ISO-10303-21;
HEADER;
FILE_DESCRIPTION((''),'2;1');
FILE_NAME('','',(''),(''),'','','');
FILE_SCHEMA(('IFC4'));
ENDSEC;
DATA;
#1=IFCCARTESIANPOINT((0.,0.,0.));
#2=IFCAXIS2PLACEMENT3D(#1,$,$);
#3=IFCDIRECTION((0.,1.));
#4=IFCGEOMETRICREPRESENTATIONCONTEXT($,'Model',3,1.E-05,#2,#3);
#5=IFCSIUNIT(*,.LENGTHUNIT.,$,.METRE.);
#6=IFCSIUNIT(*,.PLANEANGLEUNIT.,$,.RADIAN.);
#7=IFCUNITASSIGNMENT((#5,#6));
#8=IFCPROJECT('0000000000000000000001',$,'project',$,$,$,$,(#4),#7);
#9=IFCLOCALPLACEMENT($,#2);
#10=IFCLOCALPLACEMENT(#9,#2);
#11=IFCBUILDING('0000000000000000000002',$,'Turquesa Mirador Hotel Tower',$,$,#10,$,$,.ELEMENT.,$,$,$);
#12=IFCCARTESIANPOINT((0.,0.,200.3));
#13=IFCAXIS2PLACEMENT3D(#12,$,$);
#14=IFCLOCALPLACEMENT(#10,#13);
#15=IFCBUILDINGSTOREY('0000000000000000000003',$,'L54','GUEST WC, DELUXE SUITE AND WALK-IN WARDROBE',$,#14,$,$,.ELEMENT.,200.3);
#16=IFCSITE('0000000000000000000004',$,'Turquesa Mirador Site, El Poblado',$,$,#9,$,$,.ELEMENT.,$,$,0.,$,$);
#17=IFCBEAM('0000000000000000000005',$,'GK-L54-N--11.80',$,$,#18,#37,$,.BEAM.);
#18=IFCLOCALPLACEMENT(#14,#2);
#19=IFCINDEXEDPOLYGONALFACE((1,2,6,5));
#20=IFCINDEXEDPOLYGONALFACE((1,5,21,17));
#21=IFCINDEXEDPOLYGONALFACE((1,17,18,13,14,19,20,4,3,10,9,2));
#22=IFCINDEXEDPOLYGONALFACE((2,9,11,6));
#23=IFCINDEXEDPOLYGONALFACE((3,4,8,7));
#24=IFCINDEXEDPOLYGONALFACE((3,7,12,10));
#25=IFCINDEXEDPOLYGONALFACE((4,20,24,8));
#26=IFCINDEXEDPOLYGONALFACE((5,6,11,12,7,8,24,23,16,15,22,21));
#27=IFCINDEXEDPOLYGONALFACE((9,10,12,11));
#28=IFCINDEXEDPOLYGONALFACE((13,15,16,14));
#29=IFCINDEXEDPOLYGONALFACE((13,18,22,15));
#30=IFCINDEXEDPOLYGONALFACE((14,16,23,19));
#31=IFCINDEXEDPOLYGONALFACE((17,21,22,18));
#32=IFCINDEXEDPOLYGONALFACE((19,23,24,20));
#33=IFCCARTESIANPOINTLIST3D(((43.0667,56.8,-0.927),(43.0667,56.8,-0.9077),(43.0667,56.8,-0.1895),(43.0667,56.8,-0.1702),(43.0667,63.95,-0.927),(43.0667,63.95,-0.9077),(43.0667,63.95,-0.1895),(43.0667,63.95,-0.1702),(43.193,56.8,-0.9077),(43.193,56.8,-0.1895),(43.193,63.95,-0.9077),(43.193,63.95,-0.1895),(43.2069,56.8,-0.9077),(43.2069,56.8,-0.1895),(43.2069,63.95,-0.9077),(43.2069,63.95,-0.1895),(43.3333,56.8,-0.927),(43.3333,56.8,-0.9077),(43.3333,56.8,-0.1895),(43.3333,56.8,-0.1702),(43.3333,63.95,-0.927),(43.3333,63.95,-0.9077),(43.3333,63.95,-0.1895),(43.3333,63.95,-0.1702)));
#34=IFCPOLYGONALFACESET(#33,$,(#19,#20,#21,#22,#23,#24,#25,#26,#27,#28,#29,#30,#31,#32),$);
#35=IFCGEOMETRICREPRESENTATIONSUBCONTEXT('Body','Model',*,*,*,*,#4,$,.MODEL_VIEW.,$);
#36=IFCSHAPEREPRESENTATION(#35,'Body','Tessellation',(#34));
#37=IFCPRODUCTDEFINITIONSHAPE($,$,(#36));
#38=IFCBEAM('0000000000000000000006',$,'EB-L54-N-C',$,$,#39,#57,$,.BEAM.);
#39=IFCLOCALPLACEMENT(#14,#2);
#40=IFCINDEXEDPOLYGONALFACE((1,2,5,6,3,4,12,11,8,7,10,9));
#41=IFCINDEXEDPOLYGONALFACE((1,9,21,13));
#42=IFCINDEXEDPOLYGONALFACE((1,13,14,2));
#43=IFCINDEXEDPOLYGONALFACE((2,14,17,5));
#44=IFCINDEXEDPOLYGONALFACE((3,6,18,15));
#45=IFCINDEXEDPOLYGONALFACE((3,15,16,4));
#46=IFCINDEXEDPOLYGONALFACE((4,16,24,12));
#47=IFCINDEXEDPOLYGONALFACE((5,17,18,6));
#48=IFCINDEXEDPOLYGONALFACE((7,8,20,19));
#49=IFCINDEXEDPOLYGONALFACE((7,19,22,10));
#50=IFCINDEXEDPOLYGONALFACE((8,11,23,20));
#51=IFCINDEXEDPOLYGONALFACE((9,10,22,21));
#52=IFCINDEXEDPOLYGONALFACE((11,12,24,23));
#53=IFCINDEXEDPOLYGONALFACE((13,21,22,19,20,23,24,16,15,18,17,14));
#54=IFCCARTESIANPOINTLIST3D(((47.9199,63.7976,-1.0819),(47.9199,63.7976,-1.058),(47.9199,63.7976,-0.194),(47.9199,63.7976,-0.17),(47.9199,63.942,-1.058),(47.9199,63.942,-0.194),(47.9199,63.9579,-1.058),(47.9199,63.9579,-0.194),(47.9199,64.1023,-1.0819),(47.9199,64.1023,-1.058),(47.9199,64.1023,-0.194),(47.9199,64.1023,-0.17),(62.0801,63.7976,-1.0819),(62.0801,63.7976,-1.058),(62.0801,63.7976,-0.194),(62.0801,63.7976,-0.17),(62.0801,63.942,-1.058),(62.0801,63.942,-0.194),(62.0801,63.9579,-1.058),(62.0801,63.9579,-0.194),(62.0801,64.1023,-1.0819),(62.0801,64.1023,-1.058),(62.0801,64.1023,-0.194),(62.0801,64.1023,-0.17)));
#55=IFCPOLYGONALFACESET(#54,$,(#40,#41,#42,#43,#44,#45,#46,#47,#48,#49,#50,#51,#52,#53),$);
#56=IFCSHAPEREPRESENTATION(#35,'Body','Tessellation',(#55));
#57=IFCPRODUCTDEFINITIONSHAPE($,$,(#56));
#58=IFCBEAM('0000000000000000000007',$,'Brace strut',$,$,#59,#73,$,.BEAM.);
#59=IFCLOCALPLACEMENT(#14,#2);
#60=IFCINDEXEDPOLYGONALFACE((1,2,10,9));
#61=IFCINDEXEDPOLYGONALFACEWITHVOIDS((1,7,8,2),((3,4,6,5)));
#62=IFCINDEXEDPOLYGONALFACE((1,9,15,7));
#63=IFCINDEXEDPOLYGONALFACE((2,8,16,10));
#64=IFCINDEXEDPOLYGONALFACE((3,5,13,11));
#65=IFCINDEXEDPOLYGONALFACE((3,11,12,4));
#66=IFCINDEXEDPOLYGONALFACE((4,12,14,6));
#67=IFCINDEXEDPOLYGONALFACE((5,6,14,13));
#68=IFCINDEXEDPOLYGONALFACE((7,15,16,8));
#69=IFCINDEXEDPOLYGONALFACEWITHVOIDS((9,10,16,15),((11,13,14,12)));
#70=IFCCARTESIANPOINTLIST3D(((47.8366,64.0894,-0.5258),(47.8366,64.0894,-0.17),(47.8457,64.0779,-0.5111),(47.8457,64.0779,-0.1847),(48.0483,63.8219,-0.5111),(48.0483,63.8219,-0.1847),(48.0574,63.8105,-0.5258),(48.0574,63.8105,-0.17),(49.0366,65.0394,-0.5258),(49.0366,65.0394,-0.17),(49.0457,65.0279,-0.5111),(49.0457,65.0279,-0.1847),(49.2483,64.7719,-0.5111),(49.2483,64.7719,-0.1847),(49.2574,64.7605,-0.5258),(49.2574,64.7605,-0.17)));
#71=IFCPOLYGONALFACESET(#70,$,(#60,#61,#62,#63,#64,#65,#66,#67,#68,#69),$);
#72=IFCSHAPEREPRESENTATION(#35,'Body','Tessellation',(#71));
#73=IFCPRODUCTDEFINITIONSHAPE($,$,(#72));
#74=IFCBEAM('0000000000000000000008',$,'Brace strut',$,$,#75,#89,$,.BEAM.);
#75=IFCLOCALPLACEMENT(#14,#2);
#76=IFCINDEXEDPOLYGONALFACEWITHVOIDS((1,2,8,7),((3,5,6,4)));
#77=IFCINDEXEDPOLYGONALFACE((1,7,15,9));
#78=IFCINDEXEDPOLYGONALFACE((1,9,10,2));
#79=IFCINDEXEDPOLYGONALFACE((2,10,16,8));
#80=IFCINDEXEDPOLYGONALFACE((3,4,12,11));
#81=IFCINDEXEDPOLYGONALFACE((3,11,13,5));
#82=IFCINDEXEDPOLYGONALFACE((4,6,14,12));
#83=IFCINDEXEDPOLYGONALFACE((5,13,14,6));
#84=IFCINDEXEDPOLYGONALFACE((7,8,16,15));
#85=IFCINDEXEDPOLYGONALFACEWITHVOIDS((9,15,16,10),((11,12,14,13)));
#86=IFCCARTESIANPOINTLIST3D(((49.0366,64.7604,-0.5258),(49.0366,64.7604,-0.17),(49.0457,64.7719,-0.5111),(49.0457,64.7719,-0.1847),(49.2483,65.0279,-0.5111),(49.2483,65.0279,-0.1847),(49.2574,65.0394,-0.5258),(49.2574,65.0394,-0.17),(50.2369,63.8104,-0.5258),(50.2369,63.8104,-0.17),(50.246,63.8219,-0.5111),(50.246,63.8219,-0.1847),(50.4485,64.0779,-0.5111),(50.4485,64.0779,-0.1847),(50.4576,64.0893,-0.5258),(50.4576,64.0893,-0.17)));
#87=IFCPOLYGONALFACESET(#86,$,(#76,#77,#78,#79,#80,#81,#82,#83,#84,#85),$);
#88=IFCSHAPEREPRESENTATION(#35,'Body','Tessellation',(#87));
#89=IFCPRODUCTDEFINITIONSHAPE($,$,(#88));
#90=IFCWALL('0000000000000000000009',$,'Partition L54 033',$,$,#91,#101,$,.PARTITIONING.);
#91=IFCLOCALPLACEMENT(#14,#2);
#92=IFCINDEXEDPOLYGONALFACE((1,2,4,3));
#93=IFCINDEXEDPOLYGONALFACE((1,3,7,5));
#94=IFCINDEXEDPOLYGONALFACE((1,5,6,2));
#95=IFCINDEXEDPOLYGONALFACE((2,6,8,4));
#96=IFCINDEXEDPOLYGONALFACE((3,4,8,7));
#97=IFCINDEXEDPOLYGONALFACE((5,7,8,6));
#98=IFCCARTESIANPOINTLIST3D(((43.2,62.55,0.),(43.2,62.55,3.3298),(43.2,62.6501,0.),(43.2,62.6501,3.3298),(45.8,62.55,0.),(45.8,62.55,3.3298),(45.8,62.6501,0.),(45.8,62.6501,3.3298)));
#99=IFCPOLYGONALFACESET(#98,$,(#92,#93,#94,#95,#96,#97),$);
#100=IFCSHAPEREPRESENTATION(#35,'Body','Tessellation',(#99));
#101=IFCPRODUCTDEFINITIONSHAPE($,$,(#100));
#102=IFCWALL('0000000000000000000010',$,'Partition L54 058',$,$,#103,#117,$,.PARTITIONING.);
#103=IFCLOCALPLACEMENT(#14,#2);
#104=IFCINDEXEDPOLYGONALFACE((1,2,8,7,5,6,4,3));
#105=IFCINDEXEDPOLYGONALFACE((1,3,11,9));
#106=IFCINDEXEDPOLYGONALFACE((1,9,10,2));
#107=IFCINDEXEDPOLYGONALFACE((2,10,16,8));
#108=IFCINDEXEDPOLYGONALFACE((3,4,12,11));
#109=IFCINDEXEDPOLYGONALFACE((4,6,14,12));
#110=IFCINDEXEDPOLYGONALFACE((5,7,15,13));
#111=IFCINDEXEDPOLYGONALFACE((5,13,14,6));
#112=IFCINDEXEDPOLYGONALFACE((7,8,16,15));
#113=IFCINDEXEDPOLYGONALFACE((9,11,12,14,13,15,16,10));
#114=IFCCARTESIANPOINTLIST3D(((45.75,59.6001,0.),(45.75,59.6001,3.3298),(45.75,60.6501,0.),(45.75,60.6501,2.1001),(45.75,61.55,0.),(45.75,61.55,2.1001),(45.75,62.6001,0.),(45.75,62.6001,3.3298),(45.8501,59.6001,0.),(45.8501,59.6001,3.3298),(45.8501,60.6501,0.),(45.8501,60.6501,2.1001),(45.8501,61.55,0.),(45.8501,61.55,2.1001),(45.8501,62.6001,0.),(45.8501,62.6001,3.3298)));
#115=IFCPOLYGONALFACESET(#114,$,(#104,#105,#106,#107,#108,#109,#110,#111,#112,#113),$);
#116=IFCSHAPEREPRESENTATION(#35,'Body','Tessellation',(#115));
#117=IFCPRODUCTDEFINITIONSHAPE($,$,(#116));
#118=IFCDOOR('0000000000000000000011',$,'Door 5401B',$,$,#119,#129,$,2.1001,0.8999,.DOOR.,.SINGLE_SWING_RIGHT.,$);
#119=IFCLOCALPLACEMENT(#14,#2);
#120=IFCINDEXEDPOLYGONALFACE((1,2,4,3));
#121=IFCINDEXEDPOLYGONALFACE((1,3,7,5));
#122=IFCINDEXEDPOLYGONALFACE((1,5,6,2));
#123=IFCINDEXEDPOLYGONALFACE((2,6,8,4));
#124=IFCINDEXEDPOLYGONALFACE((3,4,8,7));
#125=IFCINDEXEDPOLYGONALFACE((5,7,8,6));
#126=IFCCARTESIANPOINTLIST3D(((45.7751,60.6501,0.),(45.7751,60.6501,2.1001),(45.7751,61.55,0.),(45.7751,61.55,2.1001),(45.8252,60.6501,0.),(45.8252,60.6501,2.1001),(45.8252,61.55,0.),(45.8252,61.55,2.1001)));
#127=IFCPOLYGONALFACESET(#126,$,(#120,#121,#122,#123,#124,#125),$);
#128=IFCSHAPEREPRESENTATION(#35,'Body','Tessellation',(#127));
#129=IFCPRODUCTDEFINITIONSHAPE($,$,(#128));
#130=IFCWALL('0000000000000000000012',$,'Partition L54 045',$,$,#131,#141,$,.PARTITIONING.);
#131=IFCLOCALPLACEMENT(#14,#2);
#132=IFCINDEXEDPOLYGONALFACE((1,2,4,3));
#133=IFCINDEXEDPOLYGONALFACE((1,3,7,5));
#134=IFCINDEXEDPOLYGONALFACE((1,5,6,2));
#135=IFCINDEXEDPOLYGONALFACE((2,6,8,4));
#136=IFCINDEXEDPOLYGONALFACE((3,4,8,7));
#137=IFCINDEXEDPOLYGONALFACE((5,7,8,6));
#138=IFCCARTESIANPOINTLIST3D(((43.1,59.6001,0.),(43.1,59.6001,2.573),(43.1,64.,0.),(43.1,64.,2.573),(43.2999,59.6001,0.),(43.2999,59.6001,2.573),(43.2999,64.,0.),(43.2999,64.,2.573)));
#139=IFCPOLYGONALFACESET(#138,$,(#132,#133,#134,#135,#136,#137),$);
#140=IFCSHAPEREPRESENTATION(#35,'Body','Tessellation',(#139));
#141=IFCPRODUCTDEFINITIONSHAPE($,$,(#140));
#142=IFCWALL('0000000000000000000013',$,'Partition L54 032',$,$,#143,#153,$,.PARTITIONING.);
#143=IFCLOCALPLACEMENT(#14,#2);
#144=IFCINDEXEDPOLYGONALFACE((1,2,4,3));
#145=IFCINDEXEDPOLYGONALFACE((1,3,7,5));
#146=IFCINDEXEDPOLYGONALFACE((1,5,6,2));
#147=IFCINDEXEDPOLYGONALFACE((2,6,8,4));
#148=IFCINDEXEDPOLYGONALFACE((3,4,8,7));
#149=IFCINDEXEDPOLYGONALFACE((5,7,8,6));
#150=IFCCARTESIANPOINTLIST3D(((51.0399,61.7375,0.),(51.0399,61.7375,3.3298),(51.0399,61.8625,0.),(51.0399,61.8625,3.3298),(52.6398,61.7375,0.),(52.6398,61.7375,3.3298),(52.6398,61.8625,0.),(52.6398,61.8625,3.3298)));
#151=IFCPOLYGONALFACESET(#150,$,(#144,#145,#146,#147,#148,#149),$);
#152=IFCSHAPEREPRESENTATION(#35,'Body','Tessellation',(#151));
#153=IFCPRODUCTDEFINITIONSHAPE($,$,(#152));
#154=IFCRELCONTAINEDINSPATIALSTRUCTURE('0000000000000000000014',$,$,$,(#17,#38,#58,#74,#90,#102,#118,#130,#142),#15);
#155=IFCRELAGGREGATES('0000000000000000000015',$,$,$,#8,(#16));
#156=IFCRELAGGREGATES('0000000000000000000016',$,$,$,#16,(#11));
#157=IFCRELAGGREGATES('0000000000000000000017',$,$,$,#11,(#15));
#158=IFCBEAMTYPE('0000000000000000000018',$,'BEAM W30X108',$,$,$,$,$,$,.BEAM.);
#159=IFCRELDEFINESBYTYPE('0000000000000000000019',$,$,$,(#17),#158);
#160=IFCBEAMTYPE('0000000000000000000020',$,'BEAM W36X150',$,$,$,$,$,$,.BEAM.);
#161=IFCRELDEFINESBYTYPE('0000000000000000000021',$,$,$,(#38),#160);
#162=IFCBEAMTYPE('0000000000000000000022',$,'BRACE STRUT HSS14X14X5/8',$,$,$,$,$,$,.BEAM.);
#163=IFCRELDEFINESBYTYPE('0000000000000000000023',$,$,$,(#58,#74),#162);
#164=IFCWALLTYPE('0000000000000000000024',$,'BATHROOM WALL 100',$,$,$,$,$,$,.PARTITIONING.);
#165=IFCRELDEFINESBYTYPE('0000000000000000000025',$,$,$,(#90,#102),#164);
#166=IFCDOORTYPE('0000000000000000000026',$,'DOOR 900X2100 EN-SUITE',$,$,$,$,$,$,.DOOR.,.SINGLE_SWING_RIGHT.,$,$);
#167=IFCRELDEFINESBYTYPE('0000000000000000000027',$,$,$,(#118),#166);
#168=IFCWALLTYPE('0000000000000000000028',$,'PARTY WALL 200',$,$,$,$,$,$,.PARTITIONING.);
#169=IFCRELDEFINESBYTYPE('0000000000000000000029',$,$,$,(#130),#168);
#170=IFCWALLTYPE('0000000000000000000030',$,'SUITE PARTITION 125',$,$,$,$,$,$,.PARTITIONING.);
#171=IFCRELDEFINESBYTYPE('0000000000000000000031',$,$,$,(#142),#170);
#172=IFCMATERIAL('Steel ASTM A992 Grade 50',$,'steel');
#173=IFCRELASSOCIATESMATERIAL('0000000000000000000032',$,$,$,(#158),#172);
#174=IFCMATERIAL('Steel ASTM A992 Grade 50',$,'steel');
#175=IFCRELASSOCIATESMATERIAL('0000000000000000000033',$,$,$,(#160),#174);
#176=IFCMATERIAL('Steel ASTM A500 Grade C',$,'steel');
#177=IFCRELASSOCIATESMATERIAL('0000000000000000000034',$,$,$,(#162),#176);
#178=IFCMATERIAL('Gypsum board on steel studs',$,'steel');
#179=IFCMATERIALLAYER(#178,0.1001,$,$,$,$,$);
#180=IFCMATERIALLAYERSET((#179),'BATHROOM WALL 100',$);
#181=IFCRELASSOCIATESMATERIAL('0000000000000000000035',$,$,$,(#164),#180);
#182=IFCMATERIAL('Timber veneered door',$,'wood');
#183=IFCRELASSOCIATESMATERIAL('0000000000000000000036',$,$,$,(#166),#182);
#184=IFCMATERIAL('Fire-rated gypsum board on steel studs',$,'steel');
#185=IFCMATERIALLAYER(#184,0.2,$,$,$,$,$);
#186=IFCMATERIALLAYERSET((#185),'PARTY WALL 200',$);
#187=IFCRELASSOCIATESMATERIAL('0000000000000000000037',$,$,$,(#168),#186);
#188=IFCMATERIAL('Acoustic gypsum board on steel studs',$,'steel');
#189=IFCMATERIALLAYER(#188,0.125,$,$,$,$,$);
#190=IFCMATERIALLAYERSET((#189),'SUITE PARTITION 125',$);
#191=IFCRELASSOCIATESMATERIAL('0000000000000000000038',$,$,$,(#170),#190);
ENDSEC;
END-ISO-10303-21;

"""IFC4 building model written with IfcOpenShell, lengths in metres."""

from ifc_helpers import new_model, si_unit, direction, frame, frame_2d, origin, origin_2d, place, context, subcontext, project, spatial, rectangle, hollow_rectangle, i_section, extrude, material, layer, layer_set, material_profile, profile_set, type_object, element, fill, save


model = new_model("IFC4")

# Units and contexts
model_context = context("Model", 3, precision=1e-05, world=origin(), true_north=direction((0.0, 1.0)))
body_context = subcontext(model_context, "Body", "Model", "MODEL_VIEW")
ifc_project = project(units=[si_unit("LENGTHUNIT", "METRE"), si_unit("PLANEANGLEUNIT", "RADIAN")], contexts=[model_context])

# Site, building, storey
site_placement = place(None, origin())
site = spatial("IfcSite", under=ifc_project, at=site_placement, Name="Turquesa Mirador Site, El Poblado", CompositionType="ELEMENT", RefElevation=0.0)
building_placement = place(site_placement, origin())
building = spatial("IfcBuilding", under=site, at=building_placement, Name="Turquesa Mirador Hotel Tower", CompositionType="ELEMENT")
storey_placement = place(building_placement, frame((0.0, 0.0, 200.3)))
storey = spatial("IfcBuildingStorey", under=building, at=storey_placement, Name="L54", Description="GUEST WC, DELUXE SUITE AND WALK-IN WARDROBE", CompositionType="ELEMENT", Elevation=200.3)

# Beams
ifc_material_1 = material(Name="Steel ASTM A992 Grade 50", Category="steel")
ifc_material_profile_1 = material_profile(ifc_material_1, i_section(OverallWidth=0.2666, OverallDepth=0.7568, WebThickness=0.0139, FlangeThickness=0.0193, at=origin_2d()), Name="W30X108")
ifc_profile_set_1 = profile_set([ifc_material_profile_1], Name="Steel ASTM A992 Grade 50")
beam_type_1 = type_object("IfcBeamType", Name="BEAM W30X108", PredefinedType="BEAM", material=ifc_profile_set_1)
beam_1_placement = place(storey_placement, frame((43.2, 63.95, -0.5486), z_axis=(0.0, -1.0, 0.0), x_axis=(1.0, 0.0, 0.0)))
element("IfcBeam", 1, at=beam_1_placement, inside=storey, type_object=beam_type_1, Name="GK-L54-N--11.80", PredefinedType="BEAM", context=body_context, shape_type="SweptSolid", body=[
    extrude(i_section(OverallWidth=0.2666, OverallDepth=0.7568, WebThickness=0.0139, FlangeThickness=0.0193, at=origin_2d()), origin(), (0.0, 0.0, 1.0), 7.1499),
])
ifc_material_2 = material(Name="Steel ASTM A992 Grade 50", Category="steel")
ifc_material_profile_2 = material_profile(ifc_material_2, i_section(OverallWidth=0.3047, OverallDepth=0.9119, WebThickness=0.0159, FlangeThickness=0.0239, at=origin_2d()), Name="W36X150")
ifc_profile_set_2 = profile_set([ifc_material_profile_2], Name="Steel ASTM A992 Grade 50")
beam_type_2 = type_object("IfcBeamType", Name="BEAM W36X150", PredefinedType="BEAM", material=ifc_profile_set_2)
beam_2_placement = place(storey_placement, frame((47.9199, 63.95, -0.626), z_axis=(1.0, 0.0, 0.0), x_axis=(0.0, 1.0, 0.0)))
element("IfcBeam", 2, at=beam_2_placement, inside=storey, type_object=beam_type_2, Name="EB-L54-N-C", PredefinedType="BEAM", context=body_context, shape_type="SweptSolid", body=[
    extrude(i_section(OverallWidth=0.3047, OverallDepth=0.9119, WebThickness=0.0159, FlangeThickness=0.0239, at=origin_2d()), origin(), (0.0, 0.0, 1.0), 14.1602),
])
ifc_material_3 = material(Name="Steel ASTM A500 Grade C", Category="steel")
ifc_material_profile_3 = material_profile(ifc_material_3, hollow_rectangle(XDim=0.3557, YDim=0.3557, WallThickness=0.0146, at=origin_2d()), Name="HSS14X14X5/8")
ifc_profile_set_3 = profile_set([ifc_material_profile_3], Name="Steel ASTM A500 Grade C")
beam_type_3 = type_object("IfcBeamType", Name="BRACE STRUT HSS14X14X5/8", PredefinedType="BEAM", material=ifc_profile_set_3)
beam_3_placement = place(storey_placement, frame((49.147, 64.8999, -0.3479), z_axis=(-0.784049, -0.620699, 0.0), x_axis=(0.620699, -0.784049, 0.0)))
element("IfcBeam", 3, at=beam_3_placement, inside=storey, type_object=beam_type_3, Name="Brace strut", PredefinedType="BEAM", context=body_context, shape_type="SweptSolid", body=[
    extrude(hollow_rectangle(XDim=0.3557, YDim=0.3557, WallThickness=0.0146, at=origin_2d()), origin(), (0.0, 0.0, 1.0), 1.5305),
])
beam_4_placement = place(storey_placement, frame((49.147, 64.8999, -0.3479), z_axis=(0.784111, -0.620621, 0.0), x_axis=(0.620621, 0.784111, 0.0)))
element("IfcBeam", 4, at=beam_4_placement, inside=storey, type_object=beam_type_3, Name="Brace strut", PredefinedType="BEAM", context=body_context, shape_type="SweptSolid", body=[
    extrude(hollow_rectangle(XDim=0.3557, YDim=0.3557, WallThickness=0.0146, at=origin_2d()), origin(), (0.0, 0.0, 1.0), 1.5308),
])

# Wall
ifc_material_4 = material(Name="Gypsum board on steel studs", Category="steel")
ifc_layer_1 = layer(ifc_material_4, 0.1001)
ifc_layer_set_1 = layer_set([ifc_layer_1], Name="BATHROOM WALL 100")
wall_type_1 = type_object("IfcWallType", Name="BATHROOM WALL 100", PredefinedType="PARTITIONING", material=ifc_layer_set_1)
wall_1_placement = place(storey_placement, frame((43.2, 62.6001, 0.0), z_axis=(0.0, 0.0, 1.0), x_axis=(1.0, 0.0, 0.0)))
element("IfcWall", 5, at=wall_1_placement, inside=storey, type_object=wall_type_1, Name="Partition L54 033", PredefinedType="PARTITIONING", context=body_context, shape_type="SweptSolid", body=[
    extrude(rectangle(XDim=2.6001, YDim=0.1001, at=frame_2d((1.3, 0.0))), origin(), (0.0, 0.0, 1.0), 3.3298),
])

# Wall, opening, door
wall_2_placement = place(storey_placement, frame((45.8, 59.6001, 0.0), z_axis=(0.0, 0.0, 1.0), x_axis=(0.0, 1.0, 0.0)))
wall_2 = element("IfcWall", 6, at=wall_2_placement, inside=storey, type_object=wall_type_1, Name="Partition L54 058", PredefinedType="PARTITIONING", context=body_context, shape_type="SweptSolid", body=[
    extrude(rectangle(XDim=3.0, YDim=0.1001, at=frame_2d((1.5, 0.0))), origin(), (0.0, 0.0, 1.0), 3.3298),
])
opening_1_placement = place(wall_2_placement, frame((1.05, 0.0, 0.0)))
opening_1 = element("IfcOpeningElement", 7, at=opening_1_placement, cuts=wall_2, PredefinedType="OPENING", context=body_context, shape_type="SweptSolid", body=[
    extrude(rectangle(XDim=0.8999, YDim=2.1001, at=frame_2d((0.45, 1.05))), frame((0.0, 0.0601, 0.0), z_axis=(0.0, -1.0, 0.0), x_axis=(1.0, 0.0, 0.0)), (0.0, 0.0, 1.0), 0.1201),
])
ifc_material_5 = material(Name="Timber veneered door", Category="wood")
door_type_1 = type_object("IfcDoorType", Name="DOOR 900X2100 EN-SUITE", OperationType="SINGLE_SWING_RIGHT", PredefinedType="DOOR", material=ifc_material_5)
door_1_placement = place(opening_1_placement, origin())
door_1 = element("IfcDoor", 8, at=door_1_placement, inside=storey, type_object=door_type_1, Name="Door 5401B", OperationType="SINGLE_SWING_RIGHT", OverallHeight=2.1001, OverallWidth=0.8999, PredefinedType="DOOR", context=body_context, shape_type="SweptSolid", body=[
    extrude(rectangle(XDim=0.8999, YDim=2.1001, at=frame_2d((0.45, 1.05))), frame((0.0, 0.0249, 0.0), z_axis=(0.0, -1.0, 0.0), x_axis=(1.0, 0.0, 0.0)), (0.0, 0.0, 1.0), 0.05),
])
fill(opening_1, door_1)

# Walls
ifc_material_6 = material(Name="Fire-rated gypsum board on steel studs", Category="steel")
ifc_layer_2 = layer(ifc_material_6, 0.2)
ifc_layer_set_2 = layer_set([ifc_layer_2], Name="PARTY WALL 200")
wall_type_2 = type_object("IfcWallType", Name="PARTY WALL 200", PredefinedType="PARTITIONING", material=ifc_layer_set_2)
wall_3_placement = place(storey_placement, frame((43.2, 59.6001, 0.0), z_axis=(0.0, 0.0, 1.0), x_axis=(0.0, 1.0, 0.0)))
element("IfcWall", 9, at=wall_3_placement, inside=storey, type_object=wall_type_2, Name="Partition L54 045", PredefinedType="PARTITIONING", context=body_context, shape_type="SweptSolid", body=[
    extrude(rectangle(XDim=4.3999, YDim=0.2, at=frame_2d((2.2, 0.0))), origin(), (0.0, 0.0, 1.0), 2.573),
])
ifc_material_7 = material(Name="Acoustic gypsum board on steel studs", Category="steel")
ifc_layer_3 = layer(ifc_material_7, 0.125)
ifc_layer_set_3 = layer_set([ifc_layer_3], Name="SUITE PARTITION 125")
wall_type_3 = type_object("IfcWallType", Name="SUITE PARTITION 125", PredefinedType="PARTITIONING", material=ifc_layer_set_3)
wall_4_placement = place(storey_placement, frame((51.04, 61.8, 0.0), z_axis=(0.0, 0.0, 1.0), x_axis=(1.0, 0.0, 0.0)))
element("IfcWall", 10, at=wall_4_placement, inside=storey, type_object=wall_type_3, Name="Partition L54 032", PredefinedType="PARTITIONING", context=body_context, shape_type="SweptSolid", body=[
    extrude(rectangle(XDim=1.5999, YDim=0.125, at=frame_2d((0.7998, 0.0))), origin(), (0.0, 0.0, 1.0), 3.3298),
])

save(model, "model.ifc")
